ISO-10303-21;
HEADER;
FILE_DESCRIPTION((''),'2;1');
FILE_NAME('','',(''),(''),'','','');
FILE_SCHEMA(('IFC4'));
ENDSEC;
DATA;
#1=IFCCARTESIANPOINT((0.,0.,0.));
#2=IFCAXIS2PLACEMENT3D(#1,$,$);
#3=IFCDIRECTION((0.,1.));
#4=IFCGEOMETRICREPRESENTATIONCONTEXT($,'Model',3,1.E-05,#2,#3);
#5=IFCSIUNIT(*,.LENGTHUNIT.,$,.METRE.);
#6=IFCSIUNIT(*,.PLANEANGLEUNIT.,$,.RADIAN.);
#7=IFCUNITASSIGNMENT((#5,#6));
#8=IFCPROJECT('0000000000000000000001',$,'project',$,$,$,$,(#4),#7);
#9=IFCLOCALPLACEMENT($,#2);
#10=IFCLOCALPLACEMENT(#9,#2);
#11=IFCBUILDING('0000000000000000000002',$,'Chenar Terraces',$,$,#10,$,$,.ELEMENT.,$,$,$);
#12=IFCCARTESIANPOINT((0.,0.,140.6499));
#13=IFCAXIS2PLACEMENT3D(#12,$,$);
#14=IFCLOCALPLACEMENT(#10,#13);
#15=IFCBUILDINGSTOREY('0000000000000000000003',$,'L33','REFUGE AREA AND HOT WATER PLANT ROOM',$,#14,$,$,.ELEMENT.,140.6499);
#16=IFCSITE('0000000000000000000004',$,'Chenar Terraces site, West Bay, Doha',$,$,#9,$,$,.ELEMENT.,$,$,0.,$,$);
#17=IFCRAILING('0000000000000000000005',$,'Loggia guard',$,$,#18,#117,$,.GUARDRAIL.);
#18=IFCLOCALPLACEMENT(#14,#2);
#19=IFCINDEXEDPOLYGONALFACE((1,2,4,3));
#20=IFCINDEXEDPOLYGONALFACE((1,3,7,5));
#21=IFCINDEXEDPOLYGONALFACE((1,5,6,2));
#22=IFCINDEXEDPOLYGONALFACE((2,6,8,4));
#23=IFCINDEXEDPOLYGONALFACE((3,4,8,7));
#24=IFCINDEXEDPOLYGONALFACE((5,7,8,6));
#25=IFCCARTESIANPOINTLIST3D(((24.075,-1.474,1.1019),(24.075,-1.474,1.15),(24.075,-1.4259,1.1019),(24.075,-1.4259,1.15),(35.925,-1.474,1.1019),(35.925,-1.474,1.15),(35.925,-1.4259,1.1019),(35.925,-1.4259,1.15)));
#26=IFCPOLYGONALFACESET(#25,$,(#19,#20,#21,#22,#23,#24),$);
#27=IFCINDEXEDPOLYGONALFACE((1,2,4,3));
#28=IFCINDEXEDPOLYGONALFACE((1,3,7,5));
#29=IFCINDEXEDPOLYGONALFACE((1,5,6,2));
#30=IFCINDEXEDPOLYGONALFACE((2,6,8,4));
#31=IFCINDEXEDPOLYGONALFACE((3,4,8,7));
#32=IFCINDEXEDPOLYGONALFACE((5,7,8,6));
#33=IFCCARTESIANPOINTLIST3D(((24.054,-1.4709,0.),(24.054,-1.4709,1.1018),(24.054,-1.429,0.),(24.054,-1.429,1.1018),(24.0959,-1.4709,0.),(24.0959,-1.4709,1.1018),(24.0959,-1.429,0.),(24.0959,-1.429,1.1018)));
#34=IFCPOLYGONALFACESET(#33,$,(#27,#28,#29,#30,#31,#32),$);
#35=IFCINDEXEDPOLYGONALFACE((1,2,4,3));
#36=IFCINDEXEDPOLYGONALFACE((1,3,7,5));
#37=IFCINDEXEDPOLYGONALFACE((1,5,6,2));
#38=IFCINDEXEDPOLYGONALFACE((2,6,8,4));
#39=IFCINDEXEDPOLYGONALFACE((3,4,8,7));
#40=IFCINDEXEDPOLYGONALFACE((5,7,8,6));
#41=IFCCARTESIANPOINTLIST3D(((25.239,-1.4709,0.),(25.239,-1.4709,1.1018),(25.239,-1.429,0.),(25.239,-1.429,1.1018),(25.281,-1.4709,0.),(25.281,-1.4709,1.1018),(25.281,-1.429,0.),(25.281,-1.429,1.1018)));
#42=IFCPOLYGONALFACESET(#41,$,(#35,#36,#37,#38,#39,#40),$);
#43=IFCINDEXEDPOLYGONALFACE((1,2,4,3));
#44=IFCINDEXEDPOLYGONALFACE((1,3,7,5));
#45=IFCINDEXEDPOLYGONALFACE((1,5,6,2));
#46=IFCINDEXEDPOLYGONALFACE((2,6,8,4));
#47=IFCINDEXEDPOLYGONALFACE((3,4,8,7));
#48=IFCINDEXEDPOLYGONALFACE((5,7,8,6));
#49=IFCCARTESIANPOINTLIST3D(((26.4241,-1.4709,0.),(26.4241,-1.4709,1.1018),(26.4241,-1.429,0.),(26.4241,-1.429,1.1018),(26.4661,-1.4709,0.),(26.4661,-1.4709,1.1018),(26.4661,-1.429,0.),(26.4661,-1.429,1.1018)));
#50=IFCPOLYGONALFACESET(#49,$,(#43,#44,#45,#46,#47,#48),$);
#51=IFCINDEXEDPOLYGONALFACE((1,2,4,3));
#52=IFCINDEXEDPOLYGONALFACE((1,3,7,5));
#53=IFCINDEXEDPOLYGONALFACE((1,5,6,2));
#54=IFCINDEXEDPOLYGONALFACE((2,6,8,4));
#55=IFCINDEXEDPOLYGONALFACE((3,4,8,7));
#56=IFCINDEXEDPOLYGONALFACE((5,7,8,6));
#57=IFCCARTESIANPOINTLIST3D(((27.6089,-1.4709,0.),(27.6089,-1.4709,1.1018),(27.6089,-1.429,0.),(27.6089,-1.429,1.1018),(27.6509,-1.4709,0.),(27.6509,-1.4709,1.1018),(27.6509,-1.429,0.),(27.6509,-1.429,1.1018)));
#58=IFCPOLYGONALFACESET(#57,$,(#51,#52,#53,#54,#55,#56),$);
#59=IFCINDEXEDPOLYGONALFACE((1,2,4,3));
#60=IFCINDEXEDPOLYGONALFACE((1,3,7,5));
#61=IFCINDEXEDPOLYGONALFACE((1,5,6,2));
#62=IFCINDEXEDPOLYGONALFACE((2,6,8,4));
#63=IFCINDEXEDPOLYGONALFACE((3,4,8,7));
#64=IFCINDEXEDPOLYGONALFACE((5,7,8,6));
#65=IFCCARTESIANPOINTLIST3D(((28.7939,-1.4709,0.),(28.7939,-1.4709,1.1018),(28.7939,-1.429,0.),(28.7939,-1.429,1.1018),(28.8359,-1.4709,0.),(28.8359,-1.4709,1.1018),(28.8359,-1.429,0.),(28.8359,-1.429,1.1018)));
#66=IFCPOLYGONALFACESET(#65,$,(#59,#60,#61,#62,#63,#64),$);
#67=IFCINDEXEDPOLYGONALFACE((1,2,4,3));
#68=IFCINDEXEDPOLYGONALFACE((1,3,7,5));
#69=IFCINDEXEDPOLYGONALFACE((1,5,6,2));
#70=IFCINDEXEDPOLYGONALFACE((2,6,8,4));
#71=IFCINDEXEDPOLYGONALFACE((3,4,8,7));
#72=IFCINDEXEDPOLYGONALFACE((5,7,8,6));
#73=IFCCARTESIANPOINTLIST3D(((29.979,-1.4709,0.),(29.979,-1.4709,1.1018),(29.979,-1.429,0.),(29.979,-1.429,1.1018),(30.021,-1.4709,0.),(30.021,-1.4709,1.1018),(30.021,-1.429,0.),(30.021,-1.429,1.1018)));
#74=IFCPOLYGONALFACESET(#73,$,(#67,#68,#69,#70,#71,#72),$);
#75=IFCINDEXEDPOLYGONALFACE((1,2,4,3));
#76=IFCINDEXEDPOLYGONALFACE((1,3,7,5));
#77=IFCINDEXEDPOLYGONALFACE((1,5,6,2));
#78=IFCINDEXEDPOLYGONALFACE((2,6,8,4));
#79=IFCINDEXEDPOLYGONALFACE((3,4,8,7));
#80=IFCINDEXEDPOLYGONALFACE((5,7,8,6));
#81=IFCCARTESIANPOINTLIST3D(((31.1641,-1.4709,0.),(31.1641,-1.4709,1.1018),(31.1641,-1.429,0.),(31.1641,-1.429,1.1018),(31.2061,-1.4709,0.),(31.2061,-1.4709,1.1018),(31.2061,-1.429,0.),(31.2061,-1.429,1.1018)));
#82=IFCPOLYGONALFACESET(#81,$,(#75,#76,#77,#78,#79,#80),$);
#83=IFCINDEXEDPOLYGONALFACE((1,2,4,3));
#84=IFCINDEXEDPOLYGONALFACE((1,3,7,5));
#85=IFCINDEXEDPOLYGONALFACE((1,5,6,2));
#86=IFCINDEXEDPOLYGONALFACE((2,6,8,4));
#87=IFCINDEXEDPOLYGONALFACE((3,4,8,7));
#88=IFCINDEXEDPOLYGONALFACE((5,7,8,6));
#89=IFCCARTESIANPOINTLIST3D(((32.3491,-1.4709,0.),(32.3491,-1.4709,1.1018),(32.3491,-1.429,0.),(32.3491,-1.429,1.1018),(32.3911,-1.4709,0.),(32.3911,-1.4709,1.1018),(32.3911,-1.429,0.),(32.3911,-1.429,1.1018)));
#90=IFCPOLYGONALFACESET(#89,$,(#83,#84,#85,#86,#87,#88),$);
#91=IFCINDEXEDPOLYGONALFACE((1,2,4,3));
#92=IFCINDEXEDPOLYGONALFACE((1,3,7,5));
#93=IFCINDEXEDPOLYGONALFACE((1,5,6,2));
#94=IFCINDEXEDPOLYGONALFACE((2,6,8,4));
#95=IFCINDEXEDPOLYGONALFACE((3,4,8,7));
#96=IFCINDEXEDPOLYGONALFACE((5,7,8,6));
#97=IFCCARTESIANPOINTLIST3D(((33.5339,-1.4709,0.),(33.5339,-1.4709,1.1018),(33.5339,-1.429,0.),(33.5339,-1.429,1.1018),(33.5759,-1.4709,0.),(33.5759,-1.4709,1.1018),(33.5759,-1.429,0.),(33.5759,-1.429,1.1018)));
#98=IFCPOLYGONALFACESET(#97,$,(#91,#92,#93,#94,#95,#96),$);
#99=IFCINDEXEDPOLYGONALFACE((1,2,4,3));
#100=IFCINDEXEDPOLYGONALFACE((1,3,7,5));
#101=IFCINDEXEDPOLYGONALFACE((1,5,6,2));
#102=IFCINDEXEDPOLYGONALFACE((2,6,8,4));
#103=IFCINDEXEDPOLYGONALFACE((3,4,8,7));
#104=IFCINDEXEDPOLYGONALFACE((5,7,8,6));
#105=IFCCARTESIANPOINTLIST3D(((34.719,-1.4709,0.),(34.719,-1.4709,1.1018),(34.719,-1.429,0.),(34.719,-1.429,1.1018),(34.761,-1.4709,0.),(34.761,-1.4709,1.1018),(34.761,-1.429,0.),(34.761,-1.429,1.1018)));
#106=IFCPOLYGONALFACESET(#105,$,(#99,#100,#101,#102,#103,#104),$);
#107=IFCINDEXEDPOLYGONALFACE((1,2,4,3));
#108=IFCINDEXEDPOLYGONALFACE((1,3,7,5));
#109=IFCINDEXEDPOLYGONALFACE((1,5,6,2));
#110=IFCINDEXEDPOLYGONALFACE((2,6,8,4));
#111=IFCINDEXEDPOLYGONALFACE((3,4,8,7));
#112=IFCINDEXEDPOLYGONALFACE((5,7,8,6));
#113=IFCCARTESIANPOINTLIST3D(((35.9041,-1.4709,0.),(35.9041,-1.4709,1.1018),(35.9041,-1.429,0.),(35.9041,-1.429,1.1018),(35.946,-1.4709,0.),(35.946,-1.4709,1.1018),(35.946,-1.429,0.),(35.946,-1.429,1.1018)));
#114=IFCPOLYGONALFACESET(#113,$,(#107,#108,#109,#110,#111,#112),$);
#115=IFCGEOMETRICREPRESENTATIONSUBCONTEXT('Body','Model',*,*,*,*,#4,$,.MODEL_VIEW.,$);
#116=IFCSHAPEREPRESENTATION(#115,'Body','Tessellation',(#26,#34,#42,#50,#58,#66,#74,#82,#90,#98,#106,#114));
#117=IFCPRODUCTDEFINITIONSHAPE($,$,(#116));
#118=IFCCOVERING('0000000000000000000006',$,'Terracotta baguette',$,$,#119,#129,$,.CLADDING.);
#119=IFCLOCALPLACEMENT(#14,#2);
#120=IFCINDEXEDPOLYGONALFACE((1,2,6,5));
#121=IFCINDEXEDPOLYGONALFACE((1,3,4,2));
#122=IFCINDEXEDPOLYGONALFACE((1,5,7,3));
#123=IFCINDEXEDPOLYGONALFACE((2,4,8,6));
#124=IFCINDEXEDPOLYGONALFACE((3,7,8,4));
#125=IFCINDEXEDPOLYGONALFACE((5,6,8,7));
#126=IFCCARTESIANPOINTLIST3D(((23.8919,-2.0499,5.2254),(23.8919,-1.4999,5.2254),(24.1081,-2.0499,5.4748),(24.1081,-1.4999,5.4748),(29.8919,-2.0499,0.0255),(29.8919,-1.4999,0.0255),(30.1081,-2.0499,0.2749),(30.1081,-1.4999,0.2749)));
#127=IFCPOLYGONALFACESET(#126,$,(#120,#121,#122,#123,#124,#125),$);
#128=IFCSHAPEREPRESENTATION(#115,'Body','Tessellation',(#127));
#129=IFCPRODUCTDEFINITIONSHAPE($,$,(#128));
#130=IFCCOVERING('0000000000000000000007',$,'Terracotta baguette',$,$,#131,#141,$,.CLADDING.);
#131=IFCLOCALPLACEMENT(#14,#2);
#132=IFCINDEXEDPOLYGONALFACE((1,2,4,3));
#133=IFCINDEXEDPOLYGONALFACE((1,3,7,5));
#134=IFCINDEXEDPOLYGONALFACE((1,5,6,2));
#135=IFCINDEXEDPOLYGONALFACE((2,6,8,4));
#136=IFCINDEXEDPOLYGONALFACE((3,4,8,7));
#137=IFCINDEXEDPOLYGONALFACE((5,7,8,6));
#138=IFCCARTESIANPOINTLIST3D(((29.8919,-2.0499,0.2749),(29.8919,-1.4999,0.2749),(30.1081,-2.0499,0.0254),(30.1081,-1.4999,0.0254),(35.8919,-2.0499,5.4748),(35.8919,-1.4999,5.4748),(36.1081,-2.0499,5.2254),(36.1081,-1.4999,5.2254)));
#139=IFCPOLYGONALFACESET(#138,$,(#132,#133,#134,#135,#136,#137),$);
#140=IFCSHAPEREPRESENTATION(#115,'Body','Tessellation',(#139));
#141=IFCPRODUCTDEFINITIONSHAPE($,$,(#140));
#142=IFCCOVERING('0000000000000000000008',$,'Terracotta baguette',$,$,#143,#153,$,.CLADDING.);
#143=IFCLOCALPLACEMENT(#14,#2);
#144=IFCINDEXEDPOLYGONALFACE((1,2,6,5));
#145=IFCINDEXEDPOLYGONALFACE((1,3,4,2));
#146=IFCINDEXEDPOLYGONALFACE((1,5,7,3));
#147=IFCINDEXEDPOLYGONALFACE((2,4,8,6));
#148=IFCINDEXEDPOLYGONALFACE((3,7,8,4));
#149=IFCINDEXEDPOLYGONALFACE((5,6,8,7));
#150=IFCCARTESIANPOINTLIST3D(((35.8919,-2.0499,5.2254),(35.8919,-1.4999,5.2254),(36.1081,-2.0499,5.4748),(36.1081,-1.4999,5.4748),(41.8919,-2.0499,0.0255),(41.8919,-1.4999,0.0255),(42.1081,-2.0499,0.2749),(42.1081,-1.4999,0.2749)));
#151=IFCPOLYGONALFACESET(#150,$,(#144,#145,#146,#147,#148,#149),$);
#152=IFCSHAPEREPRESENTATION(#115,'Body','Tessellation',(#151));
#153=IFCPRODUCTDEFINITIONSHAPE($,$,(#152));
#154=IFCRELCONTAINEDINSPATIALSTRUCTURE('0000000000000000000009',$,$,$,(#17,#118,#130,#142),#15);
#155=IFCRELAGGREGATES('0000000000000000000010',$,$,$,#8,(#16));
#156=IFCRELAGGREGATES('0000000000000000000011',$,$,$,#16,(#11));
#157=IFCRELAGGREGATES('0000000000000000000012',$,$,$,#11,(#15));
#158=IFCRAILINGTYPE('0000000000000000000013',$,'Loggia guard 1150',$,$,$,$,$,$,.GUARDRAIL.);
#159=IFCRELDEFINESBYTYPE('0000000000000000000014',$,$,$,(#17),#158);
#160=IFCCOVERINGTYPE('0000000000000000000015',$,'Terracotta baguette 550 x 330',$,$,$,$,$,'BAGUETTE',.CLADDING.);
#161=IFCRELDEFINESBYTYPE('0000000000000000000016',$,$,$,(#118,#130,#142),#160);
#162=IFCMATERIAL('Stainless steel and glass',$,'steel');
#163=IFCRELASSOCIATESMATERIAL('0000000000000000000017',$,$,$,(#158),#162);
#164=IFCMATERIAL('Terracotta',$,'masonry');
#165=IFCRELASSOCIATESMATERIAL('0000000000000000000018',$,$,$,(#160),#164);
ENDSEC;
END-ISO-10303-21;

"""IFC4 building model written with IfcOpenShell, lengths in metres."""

from ifc_helpers import new_model, si_unit, direction, frame, origin, origin_2d, place, context, subcontext, project, spatial, rectangle, extrude, material, material_profile, profile_set, type_object, element, save


model = new_model("IFC4")

# Units and contexts
model_context = context("Model", 3, precision=1e-05, world=origin(), true_north=direction((0.0, 1.0)))
body_context = subcontext(model_context, "Body", "Model", "MODEL_VIEW")
ifc_project = project(units=[si_unit("LENGTHUNIT", "METRE"), si_unit("PLANEANGLEUNIT", "RADIAN")], contexts=[model_context])

# Site, building, storey
site_placement = place(None, origin())
site = spatial("IfcSite", under=ifc_project, at=site_placement, Name="Chenar Terraces site, West Bay, Doha", CompositionType="ELEMENT", RefElevation=0.0)
building_placement = place(site_placement, origin())
building = spatial("IfcBuilding", under=site, at=building_placement, Name="Chenar Terraces", CompositionType="ELEMENT")
storey_placement = place(building_placement, frame((0.0, 0.0, 140.6499)))
storey = spatial("IfcBuildingStorey", under=building, at=storey_placement, Name="L33", Description="REFUGE AREA AND HOT WATER PLANT ROOM", CompositionType="ELEMENT", Elevation=140.6499)

# Railing
ifc_material_1 = material(Name="Stainless steel and glass", Category="steel")
railing_type = type_object("IfcRailingType", Name="Loggia guard 1150", PredefinedType="GUARDRAIL", material=ifc_material_1)
railing_placement = place(storey_placement, frame((24.075, -1.45, 0.0)))
element("IfcRailing", 1, at=railing_placement, inside=storey, type_object=railing_type, Name="Loggia guard", PredefinedType="GUARDRAIL", context=body_context, shape_type="SweptSolid", body=[
    extrude(rectangle(XDim=0.0481, YDim=0.0481, at=origin_2d()), frame((0.0, 0.0, 1.126), z_axis=(1.0, 0.0, 0.0), x_axis=(0.0, 1.0, 0.0)), (0.0, 0.0, 1.0), 11.8501),
    extrude(rectangle(XDim=0.042, YDim=0.042, at=origin_2d()), origin(), (0.0, 0.0, 1.0), 1.1018),
    extrude(rectangle(XDim=0.042, YDim=0.042, at=origin_2d()), frame((1.1851, 0.0, 0.0)), (0.0, 0.0, 1.0), 1.1018),
    extrude(rectangle(XDim=0.042, YDim=0.042, at=origin_2d()), frame((2.3701, 0.0, 0.0)), (0.0, 0.0, 1.0), 1.1018),
    extrude(rectangle(XDim=0.042, YDim=0.042, at=origin_2d()), frame((3.5549, 0.0, 0.0)), (0.0, 0.0, 1.0), 1.1018),
    extrude(rectangle(XDim=0.042, YDim=0.042, at=origin_2d()), frame((4.74, 0.0, 0.0)), (0.0, 0.0, 1.0), 1.1018),
    extrude(rectangle(XDim=0.042, YDim=0.042, at=origin_2d()), frame((5.925, 0.0, 0.0)), (0.0, 0.0, 1.0), 1.1018),
    extrude(rectangle(XDim=0.042, YDim=0.042, at=origin_2d()), frame((7.1101, 0.0, 0.0)), (0.0, 0.0, 1.0), 1.1018),
    extrude(rectangle(XDim=0.042, YDim=0.042, at=origin_2d()), frame((8.2952, 0.0, 0.0)), (0.0, 0.0, 1.0), 1.1018),
    extrude(rectangle(XDim=0.042, YDim=0.042, at=origin_2d()), frame((9.48, 0.0, 0.0)), (0.0, 0.0, 1.0), 1.1018),
    extrude(rectangle(XDim=0.042, YDim=0.042, at=origin_2d()), frame((10.665, 0.0, 0.0)), (0.0, 0.0, 1.0), 1.1018),
    extrude(rectangle(XDim=0.042, YDim=0.042, at=origin_2d()), frame((11.8501, 0.0, 0.0)), (0.0, 0.0, 1.0), 1.1018),
])

# Coverings
ifc_material_2 = material(Name="Terracotta", Category="masonry")
ifc_material_profile_1 = material_profile(ifc_material_2, rectangle(XDim=0.55, YDim=0.3301, at=origin_2d()), Name="Terracotta baguette 550 x 330")
ifc_profile_set_1 = profile_set([ifc_material_profile_1], Name="Terracotta")
covering_type = type_object("IfcCoveringType", Name="Terracotta baguette 550 x 330", ElementType="BAGUETTE", PredefinedType="CLADDING", material=ifc_profile_set_1)
for number, where, z_axis, x_axis, name in (
    (2, (24.0, -1.7749, 5.3501), (0.755692, 0.0, -0.654927), (0.0, 1.0, 0.0), "Terracotta baguette"),
    (3, (30.0, -1.7749, 0.1501), (0.755692, 0.0, 0.654927), (0.0, 1.0, 0.0), "Terracotta baguette"),
    (4, (36.0, -1.7749, 5.3501), (0.755692, 0.0, -0.654927), (0.0, 1.0, 0.0), "Terracotta baguette"),
):
    element("IfcCovering", number, at=place(storey_placement, frame(where, z_axis=z_axis, x_axis=x_axis)), inside=storey, type_object=covering_type, Name=name, PredefinedType="CLADDING", context=body_context, shape_type="SweptSolid", body=[
        extrude(rectangle(XDim=0.55, YDim=0.3301, at=origin_2d()), origin(), (0.0, 0.0, 1.0), 7.9397),
    ])

save(model, "model.ifc")
